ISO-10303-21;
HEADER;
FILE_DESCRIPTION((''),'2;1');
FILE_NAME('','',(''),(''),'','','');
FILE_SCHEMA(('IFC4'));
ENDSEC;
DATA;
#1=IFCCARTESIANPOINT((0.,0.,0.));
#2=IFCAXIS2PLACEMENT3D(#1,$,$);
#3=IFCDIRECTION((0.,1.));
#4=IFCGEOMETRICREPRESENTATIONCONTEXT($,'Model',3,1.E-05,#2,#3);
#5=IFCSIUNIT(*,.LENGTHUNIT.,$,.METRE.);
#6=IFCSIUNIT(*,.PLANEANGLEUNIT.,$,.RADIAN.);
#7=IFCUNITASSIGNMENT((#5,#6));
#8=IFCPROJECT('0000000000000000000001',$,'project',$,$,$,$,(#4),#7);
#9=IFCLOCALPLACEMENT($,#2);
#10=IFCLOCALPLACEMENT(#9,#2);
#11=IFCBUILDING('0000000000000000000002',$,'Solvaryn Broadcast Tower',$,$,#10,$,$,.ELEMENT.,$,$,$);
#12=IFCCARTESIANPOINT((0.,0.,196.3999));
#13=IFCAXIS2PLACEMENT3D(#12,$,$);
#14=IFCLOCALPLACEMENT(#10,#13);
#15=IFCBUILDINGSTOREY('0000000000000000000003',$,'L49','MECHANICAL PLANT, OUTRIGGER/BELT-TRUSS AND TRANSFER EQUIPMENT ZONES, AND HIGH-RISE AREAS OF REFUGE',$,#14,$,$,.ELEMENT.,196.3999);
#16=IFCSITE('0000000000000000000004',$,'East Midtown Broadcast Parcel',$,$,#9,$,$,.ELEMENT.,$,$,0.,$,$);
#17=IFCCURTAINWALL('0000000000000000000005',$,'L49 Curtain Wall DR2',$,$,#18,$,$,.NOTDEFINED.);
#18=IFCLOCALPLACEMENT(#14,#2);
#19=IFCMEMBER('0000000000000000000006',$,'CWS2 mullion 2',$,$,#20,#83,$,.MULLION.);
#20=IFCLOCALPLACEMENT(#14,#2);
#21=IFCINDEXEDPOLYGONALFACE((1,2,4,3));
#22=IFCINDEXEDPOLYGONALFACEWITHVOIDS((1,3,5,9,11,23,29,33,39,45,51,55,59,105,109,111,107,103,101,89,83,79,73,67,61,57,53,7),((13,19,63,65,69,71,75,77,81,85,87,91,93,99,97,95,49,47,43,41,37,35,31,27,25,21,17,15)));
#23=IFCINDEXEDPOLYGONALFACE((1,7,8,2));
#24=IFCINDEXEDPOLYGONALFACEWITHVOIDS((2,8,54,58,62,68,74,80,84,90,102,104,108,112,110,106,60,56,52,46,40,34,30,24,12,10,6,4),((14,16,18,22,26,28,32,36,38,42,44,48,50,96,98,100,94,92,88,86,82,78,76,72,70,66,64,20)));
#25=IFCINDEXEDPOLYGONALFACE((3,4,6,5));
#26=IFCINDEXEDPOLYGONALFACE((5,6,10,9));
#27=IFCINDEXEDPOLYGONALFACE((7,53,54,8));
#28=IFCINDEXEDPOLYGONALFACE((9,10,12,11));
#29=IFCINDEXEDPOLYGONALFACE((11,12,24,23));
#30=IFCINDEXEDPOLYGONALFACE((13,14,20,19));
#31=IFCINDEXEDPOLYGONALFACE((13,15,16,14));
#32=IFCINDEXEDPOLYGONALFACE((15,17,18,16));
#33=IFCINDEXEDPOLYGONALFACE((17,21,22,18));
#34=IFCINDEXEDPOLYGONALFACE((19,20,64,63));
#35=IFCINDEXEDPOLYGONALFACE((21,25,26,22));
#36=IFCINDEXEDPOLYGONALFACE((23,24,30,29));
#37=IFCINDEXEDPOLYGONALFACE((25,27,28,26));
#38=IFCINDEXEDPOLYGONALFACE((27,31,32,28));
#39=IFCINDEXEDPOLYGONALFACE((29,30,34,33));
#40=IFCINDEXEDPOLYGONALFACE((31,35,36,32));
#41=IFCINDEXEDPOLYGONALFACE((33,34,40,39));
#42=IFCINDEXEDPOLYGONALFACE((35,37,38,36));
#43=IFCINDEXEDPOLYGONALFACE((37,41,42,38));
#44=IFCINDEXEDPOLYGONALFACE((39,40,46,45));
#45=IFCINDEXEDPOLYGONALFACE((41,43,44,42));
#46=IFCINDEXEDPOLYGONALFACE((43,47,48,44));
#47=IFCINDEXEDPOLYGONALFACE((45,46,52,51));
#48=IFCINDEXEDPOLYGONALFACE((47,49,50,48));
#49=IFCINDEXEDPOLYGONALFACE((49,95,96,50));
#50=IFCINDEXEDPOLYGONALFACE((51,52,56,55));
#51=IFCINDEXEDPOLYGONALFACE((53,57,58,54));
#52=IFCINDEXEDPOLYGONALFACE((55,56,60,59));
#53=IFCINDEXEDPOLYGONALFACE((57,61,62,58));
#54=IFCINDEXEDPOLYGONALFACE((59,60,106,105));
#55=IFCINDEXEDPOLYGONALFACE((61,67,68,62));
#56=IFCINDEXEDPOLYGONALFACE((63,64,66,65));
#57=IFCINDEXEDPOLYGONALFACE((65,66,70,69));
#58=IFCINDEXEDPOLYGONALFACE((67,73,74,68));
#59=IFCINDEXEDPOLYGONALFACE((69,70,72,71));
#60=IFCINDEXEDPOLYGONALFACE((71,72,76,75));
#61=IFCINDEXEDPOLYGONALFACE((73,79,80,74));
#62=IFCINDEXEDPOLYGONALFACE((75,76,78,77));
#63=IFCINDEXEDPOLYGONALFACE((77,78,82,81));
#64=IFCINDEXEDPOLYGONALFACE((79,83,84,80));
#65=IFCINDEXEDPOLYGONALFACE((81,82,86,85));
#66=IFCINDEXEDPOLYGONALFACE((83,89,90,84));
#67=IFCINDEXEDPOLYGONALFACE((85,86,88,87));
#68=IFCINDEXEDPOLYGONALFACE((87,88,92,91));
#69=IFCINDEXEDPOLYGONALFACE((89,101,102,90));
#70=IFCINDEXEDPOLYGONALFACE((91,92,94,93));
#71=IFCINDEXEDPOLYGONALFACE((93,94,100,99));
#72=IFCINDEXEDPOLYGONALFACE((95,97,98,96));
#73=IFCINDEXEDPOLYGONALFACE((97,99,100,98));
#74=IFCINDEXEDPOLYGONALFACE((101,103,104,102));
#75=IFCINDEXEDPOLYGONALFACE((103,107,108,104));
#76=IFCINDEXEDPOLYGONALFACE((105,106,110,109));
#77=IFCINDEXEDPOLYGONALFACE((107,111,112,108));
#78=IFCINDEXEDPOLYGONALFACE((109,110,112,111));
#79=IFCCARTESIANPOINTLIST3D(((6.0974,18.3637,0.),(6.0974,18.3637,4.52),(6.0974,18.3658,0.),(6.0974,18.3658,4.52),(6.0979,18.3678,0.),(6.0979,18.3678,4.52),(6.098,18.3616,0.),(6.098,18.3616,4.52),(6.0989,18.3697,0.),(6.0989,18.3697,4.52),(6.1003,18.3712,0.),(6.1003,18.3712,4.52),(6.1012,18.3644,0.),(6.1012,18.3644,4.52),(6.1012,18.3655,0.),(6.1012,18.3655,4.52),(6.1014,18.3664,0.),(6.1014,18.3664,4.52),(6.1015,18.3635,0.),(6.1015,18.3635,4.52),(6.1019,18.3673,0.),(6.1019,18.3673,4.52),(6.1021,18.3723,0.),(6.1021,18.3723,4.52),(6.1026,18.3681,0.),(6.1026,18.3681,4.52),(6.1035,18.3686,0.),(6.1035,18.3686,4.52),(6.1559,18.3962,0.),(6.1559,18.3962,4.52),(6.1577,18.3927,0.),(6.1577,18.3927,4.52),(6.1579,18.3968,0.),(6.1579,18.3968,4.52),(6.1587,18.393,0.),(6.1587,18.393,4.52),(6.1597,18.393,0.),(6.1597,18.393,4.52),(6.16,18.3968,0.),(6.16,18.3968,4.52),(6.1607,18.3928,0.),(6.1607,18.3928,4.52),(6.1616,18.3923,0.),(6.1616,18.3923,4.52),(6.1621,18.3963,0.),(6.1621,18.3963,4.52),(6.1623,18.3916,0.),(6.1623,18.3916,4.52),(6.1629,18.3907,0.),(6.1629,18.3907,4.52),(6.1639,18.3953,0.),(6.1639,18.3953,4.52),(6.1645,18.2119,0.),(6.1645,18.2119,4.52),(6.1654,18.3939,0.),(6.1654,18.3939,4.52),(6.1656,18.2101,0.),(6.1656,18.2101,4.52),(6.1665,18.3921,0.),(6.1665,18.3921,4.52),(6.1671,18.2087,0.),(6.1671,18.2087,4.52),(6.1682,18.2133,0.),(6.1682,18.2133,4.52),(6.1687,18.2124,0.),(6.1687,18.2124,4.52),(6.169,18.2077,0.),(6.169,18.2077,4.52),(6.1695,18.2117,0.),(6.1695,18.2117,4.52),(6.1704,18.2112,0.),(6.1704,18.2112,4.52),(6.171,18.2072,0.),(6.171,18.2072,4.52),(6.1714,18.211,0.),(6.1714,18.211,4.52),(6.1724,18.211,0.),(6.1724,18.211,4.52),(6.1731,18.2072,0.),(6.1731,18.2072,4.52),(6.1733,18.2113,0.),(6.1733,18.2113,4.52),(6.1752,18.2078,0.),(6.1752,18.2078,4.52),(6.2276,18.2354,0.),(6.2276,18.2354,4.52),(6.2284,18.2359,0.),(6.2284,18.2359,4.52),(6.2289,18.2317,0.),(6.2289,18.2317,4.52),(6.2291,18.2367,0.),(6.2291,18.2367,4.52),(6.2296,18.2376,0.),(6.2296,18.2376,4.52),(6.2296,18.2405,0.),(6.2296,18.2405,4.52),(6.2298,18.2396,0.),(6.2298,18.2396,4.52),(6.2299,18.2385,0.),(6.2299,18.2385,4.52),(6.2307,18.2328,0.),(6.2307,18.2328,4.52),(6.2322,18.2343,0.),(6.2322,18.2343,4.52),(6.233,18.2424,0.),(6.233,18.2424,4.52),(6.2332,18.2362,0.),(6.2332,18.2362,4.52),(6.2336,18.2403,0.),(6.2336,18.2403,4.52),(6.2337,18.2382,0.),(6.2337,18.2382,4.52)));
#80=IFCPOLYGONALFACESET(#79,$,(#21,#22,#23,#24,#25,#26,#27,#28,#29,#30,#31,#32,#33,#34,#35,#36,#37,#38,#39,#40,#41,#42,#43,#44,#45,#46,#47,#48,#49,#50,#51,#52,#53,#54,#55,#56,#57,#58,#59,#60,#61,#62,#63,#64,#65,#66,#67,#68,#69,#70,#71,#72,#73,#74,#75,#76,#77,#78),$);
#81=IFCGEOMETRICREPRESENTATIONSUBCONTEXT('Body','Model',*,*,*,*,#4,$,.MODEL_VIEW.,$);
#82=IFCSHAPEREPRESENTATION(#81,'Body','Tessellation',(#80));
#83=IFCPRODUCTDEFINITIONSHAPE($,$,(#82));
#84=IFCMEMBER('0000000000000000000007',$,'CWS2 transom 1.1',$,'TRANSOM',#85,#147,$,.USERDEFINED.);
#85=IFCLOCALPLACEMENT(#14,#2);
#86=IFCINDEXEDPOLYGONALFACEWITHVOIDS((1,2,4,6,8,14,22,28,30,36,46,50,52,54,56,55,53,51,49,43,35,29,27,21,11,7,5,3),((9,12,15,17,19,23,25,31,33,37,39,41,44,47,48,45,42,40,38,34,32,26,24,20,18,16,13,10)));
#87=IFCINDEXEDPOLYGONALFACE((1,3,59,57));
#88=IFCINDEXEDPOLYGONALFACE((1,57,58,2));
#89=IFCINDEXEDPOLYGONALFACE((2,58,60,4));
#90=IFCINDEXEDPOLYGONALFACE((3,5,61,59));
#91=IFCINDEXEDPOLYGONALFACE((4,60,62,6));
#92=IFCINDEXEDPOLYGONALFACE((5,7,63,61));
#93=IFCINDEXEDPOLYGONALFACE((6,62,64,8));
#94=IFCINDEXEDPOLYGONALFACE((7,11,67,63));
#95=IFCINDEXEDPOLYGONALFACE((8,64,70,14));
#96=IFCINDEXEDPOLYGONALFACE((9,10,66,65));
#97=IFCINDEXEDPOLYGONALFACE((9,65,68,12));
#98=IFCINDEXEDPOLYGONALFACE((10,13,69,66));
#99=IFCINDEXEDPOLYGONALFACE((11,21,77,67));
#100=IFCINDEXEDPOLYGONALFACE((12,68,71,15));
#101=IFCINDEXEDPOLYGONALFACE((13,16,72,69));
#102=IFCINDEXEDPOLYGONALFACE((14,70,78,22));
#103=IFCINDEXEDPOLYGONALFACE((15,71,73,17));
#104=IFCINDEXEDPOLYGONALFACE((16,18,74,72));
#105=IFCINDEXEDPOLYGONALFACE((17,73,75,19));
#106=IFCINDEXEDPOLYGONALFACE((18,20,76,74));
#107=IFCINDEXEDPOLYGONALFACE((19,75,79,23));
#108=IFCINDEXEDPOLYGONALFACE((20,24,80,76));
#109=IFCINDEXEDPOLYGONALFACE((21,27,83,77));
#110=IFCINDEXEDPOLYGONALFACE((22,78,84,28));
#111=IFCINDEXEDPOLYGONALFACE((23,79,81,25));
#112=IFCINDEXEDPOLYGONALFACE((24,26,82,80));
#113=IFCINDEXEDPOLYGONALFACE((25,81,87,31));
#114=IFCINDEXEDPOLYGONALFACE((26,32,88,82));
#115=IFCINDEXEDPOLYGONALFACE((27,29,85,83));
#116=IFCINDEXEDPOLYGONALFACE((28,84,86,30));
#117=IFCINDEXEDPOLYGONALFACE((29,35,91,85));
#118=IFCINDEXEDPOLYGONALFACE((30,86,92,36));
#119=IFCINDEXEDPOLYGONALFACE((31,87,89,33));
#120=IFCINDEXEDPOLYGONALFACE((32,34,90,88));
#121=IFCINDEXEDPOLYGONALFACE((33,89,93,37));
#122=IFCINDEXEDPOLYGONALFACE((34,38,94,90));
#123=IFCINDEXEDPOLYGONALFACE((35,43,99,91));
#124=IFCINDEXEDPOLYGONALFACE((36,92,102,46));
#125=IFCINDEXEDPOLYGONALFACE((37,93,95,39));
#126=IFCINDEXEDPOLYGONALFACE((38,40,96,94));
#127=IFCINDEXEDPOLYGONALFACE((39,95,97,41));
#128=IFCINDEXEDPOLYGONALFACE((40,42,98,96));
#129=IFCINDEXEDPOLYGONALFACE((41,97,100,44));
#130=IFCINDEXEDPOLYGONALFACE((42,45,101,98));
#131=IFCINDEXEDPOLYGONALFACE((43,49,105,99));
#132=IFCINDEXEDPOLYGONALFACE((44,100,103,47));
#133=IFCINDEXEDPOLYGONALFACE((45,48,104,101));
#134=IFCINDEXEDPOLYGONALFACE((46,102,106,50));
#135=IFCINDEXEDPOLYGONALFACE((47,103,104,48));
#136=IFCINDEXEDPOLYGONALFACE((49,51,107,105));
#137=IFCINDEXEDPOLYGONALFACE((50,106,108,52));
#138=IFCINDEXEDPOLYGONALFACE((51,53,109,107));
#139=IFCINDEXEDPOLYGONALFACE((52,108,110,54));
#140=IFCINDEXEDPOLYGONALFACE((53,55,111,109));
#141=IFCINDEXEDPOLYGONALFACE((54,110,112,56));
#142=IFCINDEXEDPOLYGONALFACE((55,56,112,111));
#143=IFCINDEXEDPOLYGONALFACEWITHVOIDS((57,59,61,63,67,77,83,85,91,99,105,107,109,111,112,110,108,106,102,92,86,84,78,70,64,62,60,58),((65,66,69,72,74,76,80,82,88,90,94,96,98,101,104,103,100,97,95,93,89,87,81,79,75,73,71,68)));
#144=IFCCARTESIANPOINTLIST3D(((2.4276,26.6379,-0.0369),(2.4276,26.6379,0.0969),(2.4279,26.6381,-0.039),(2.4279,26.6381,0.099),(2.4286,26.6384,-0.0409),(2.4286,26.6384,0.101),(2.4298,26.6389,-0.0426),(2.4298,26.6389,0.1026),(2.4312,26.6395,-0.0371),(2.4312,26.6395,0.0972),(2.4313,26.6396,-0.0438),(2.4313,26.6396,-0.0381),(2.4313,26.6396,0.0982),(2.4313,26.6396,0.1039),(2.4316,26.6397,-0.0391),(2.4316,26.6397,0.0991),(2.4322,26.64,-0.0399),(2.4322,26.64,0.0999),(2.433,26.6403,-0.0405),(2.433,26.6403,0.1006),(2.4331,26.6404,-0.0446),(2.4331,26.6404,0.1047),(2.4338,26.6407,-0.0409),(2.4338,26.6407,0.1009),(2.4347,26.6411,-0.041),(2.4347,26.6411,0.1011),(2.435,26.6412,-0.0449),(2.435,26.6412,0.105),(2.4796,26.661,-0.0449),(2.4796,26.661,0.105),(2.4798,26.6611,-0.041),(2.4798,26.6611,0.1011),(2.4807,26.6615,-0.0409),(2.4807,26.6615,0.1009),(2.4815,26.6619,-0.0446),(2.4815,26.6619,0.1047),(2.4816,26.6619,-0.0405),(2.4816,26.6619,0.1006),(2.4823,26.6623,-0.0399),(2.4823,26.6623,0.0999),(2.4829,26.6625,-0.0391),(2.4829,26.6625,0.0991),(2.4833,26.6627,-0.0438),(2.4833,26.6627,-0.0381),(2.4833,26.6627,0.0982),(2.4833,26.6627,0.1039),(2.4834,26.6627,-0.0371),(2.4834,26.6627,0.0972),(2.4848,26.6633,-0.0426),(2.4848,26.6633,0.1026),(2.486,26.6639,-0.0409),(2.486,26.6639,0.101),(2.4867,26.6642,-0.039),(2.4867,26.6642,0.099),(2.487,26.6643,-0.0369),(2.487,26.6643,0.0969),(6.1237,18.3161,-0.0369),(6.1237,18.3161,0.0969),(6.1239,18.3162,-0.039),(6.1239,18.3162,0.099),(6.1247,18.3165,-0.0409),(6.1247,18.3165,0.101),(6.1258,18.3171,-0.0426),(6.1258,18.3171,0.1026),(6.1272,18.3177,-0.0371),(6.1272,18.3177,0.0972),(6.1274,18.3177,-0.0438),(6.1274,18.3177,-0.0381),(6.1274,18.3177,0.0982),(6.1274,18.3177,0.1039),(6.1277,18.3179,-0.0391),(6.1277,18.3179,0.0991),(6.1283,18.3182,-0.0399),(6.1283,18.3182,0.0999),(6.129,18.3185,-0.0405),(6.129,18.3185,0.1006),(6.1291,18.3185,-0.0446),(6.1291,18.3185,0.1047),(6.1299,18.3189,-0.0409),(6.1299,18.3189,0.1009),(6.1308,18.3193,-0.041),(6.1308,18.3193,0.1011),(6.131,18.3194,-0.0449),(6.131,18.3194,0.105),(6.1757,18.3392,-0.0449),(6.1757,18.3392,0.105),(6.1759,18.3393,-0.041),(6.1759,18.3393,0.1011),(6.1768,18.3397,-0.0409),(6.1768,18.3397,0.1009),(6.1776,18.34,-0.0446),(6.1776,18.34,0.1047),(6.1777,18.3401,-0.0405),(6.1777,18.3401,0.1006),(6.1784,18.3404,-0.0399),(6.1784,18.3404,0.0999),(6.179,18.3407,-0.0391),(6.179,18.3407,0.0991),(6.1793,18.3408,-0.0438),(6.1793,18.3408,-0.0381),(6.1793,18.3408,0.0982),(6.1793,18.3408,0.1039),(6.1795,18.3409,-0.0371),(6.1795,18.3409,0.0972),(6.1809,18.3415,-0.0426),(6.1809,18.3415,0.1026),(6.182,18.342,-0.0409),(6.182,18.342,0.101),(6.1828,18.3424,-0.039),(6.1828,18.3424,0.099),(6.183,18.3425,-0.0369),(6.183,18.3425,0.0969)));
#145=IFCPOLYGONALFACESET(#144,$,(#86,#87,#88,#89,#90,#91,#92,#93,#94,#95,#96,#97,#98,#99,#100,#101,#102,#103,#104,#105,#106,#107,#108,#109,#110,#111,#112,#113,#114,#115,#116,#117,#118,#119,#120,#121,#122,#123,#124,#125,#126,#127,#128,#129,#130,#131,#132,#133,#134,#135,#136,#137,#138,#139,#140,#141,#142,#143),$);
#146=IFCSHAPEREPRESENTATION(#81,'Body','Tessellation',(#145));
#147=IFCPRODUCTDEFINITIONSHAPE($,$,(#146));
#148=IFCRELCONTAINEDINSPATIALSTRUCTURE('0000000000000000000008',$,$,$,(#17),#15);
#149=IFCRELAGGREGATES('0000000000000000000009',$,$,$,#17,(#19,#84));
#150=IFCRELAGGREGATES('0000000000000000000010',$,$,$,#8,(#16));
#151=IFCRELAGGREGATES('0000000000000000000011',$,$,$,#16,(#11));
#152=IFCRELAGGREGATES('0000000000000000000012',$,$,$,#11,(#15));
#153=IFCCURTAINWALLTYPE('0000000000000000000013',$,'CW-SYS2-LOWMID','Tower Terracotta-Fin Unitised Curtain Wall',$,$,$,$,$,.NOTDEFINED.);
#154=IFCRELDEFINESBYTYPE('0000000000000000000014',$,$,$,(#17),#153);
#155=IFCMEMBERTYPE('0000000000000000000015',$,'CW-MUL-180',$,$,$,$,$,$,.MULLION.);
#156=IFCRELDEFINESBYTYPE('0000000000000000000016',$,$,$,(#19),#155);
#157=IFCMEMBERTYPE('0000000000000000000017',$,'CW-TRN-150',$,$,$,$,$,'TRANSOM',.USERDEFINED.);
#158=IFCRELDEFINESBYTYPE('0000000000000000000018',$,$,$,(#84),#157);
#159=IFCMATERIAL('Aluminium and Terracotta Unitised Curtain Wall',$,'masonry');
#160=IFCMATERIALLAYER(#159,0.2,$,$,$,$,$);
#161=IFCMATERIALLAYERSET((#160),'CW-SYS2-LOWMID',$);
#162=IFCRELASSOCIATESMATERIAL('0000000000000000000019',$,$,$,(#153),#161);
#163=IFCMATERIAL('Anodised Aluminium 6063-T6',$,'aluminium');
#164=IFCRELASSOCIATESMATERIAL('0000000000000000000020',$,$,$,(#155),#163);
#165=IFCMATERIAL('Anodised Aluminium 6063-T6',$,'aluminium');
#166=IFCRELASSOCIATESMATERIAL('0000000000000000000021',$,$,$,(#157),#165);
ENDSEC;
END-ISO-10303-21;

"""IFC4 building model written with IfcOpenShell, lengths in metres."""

from ifc_helpers import new_model, si_unit, direction, frame, origin, origin_2d, place, context, subcontext, project, spatial, hollow_rectangle, extrude, material, layer, layer_set, material_profile, profile_set, type_object, element, aggregate, save


model = new_model("IFC4")

# Units and contexts
model_context = context("Model", 3, precision=1e-05, world=origin(), true_north=direction((0.0, 1.0)))
body_context = subcontext(model_context, "Body", "Model", "MODEL_VIEW")
ifc_project = project(units=[si_unit("LENGTHUNIT", "METRE"), si_unit("PLANEANGLEUNIT", "RADIAN")], contexts=[model_context])

# Site, building, storey
site_placement = place(None, origin())
site = spatial("IfcSite", under=ifc_project, at=site_placement, Name="East Midtown Broadcast Parcel", CompositionType="ELEMENT", RefElevation=0.0)
building_placement = place(site_placement, origin())
building = spatial("IfcBuilding", under=site, at=building_placement, Name="Solvaryn Broadcast Tower", CompositionType="ELEMENT")
storey_placement = place(building_placement, frame((0.0, 0.0, 196.3999)))
storey = spatial("IfcBuildingStorey", under=building, at=storey_placement, Name="L49", Description="MECHANICAL PLANT, OUTRIGGER/BELT-TRUSS AND TRANSFER EQUIPMENT ZONES, AND HIGH-RISE AREAS OF REFUGE", CompositionType="ELEMENT", Elevation=196.3999)

# Shared definitions
ifc_material_1 = material(Name="Aluminium and Terracotta Unitised Curtain Wall", Category="masonry")
ifc_layer_1 = layer(ifc_material_1, 0.2)
ifc_layer_set_1 = layer_set([ifc_layer_1], Name="CW-SYS2-LOWMID")
curtain_wall_type = type_object("IfcCurtainWallType", Name="CW-SYS2-LOWMID", Description="Tower Terracotta-Fin Unitised Curtain Wall", PredefinedType="NOTDEFINED", material=ifc_layer_set_1)
ifc_material_2 = material(Name="Anodised Aluminium 6063-T6", Category="aluminium")
ifc_material_profile_1 = material_profile(ifc_material_2, hollow_rectangle(XDim=0.075, YDim=0.1799, WallThickness=0.0039, InnerFilletRadius=0.0039, OuterFilletRadius=0.0081, at=origin_2d()))
ifc_profile_set_1 = profile_set([ifc_material_profile_1], Name="Anodised Aluminium 6063-T6")
member_type_1 = type_object("IfcMemberType", Name="CW-MUL-180", PredefinedType="MULLION", material=ifc_profile_set_1)

# Curtain wall, members
curtain_wall_1_placement = place(storey_placement, origin())
curtain_wall_1 = element("IfcCurtainWall", 1, at=curtain_wall_1_placement, inside=storey, type_object=curtain_wall_type, Name="L49 Curtain Wall DR2", PredefinedType="NOTDEFINED")
member_1_placement = place(storey_placement, frame((6.1655, 18.302, 0.0), z_axis=(0.0, 0.0, 1.0), x_axis=(0.913917, 0.405901, 0.0)))
member_1 = element("IfcMember", 2, at=member_1_placement, type_object=member_type_1, Name="CWS2 mullion 2", PredefinedType="MULLION", context=body_context, shape_type="SweptSolid", body=[
    extrude(hollow_rectangle(XDim=0.075, YDim=0.1799, WallThickness=0.0039, InnerFilletRadius=0.0039, OuterFilletRadius=0.0081, at=origin_2d()), origin(), (0.0, 0.0, 1.0), 4.52),
])
ifc_material_3 = material(Name="Anodised Aluminium 6063-T6", Category="aluminium")
ifc_material_profile_2 = material_profile(ifc_material_3, hollow_rectangle(XDim=0.0649, YDim=0.1499, WallThickness=0.0039, InnerFilletRadius=0.0039, OuterFilletRadius=0.0081, at=origin_2d()))
ifc_profile_set_2 = profile_set([ifc_material_profile_2], Name="Anodised Aluminium 6063-T6")
member_type_2 = type_object("IfcMemberType", Name="CW-TRN-150", ElementType="TRANSOM", PredefinedType="USERDEFINED", material=ifc_profile_set_2)
member_2_placement = place(storey_placement, frame((2.4573, 26.6511, 0.03), z_axis=(0.405907, -0.913914, 0.0), x_axis=(0.913914, 0.405907, 0.0)))
member_2 = element("IfcMember", 3, at=member_2_placement, type_object=member_type_2, Name="CWS2 transom 1.1", ObjectType="TRANSOM", PredefinedType="USERDEFINED", context=body_context, shape_type="SweptSolid", body=[
    extrude(hollow_rectangle(XDim=0.0649, YDim=0.1499, WallThickness=0.0039, InnerFilletRadius=0.0039, OuterFilletRadius=0.0081, at=origin_2d()), origin(), (0.0, 0.0, 1.0), 9.1057),
])

aggregate(curtain_wall_1, [member_1, member_2])

save(model, "model.ifc")
